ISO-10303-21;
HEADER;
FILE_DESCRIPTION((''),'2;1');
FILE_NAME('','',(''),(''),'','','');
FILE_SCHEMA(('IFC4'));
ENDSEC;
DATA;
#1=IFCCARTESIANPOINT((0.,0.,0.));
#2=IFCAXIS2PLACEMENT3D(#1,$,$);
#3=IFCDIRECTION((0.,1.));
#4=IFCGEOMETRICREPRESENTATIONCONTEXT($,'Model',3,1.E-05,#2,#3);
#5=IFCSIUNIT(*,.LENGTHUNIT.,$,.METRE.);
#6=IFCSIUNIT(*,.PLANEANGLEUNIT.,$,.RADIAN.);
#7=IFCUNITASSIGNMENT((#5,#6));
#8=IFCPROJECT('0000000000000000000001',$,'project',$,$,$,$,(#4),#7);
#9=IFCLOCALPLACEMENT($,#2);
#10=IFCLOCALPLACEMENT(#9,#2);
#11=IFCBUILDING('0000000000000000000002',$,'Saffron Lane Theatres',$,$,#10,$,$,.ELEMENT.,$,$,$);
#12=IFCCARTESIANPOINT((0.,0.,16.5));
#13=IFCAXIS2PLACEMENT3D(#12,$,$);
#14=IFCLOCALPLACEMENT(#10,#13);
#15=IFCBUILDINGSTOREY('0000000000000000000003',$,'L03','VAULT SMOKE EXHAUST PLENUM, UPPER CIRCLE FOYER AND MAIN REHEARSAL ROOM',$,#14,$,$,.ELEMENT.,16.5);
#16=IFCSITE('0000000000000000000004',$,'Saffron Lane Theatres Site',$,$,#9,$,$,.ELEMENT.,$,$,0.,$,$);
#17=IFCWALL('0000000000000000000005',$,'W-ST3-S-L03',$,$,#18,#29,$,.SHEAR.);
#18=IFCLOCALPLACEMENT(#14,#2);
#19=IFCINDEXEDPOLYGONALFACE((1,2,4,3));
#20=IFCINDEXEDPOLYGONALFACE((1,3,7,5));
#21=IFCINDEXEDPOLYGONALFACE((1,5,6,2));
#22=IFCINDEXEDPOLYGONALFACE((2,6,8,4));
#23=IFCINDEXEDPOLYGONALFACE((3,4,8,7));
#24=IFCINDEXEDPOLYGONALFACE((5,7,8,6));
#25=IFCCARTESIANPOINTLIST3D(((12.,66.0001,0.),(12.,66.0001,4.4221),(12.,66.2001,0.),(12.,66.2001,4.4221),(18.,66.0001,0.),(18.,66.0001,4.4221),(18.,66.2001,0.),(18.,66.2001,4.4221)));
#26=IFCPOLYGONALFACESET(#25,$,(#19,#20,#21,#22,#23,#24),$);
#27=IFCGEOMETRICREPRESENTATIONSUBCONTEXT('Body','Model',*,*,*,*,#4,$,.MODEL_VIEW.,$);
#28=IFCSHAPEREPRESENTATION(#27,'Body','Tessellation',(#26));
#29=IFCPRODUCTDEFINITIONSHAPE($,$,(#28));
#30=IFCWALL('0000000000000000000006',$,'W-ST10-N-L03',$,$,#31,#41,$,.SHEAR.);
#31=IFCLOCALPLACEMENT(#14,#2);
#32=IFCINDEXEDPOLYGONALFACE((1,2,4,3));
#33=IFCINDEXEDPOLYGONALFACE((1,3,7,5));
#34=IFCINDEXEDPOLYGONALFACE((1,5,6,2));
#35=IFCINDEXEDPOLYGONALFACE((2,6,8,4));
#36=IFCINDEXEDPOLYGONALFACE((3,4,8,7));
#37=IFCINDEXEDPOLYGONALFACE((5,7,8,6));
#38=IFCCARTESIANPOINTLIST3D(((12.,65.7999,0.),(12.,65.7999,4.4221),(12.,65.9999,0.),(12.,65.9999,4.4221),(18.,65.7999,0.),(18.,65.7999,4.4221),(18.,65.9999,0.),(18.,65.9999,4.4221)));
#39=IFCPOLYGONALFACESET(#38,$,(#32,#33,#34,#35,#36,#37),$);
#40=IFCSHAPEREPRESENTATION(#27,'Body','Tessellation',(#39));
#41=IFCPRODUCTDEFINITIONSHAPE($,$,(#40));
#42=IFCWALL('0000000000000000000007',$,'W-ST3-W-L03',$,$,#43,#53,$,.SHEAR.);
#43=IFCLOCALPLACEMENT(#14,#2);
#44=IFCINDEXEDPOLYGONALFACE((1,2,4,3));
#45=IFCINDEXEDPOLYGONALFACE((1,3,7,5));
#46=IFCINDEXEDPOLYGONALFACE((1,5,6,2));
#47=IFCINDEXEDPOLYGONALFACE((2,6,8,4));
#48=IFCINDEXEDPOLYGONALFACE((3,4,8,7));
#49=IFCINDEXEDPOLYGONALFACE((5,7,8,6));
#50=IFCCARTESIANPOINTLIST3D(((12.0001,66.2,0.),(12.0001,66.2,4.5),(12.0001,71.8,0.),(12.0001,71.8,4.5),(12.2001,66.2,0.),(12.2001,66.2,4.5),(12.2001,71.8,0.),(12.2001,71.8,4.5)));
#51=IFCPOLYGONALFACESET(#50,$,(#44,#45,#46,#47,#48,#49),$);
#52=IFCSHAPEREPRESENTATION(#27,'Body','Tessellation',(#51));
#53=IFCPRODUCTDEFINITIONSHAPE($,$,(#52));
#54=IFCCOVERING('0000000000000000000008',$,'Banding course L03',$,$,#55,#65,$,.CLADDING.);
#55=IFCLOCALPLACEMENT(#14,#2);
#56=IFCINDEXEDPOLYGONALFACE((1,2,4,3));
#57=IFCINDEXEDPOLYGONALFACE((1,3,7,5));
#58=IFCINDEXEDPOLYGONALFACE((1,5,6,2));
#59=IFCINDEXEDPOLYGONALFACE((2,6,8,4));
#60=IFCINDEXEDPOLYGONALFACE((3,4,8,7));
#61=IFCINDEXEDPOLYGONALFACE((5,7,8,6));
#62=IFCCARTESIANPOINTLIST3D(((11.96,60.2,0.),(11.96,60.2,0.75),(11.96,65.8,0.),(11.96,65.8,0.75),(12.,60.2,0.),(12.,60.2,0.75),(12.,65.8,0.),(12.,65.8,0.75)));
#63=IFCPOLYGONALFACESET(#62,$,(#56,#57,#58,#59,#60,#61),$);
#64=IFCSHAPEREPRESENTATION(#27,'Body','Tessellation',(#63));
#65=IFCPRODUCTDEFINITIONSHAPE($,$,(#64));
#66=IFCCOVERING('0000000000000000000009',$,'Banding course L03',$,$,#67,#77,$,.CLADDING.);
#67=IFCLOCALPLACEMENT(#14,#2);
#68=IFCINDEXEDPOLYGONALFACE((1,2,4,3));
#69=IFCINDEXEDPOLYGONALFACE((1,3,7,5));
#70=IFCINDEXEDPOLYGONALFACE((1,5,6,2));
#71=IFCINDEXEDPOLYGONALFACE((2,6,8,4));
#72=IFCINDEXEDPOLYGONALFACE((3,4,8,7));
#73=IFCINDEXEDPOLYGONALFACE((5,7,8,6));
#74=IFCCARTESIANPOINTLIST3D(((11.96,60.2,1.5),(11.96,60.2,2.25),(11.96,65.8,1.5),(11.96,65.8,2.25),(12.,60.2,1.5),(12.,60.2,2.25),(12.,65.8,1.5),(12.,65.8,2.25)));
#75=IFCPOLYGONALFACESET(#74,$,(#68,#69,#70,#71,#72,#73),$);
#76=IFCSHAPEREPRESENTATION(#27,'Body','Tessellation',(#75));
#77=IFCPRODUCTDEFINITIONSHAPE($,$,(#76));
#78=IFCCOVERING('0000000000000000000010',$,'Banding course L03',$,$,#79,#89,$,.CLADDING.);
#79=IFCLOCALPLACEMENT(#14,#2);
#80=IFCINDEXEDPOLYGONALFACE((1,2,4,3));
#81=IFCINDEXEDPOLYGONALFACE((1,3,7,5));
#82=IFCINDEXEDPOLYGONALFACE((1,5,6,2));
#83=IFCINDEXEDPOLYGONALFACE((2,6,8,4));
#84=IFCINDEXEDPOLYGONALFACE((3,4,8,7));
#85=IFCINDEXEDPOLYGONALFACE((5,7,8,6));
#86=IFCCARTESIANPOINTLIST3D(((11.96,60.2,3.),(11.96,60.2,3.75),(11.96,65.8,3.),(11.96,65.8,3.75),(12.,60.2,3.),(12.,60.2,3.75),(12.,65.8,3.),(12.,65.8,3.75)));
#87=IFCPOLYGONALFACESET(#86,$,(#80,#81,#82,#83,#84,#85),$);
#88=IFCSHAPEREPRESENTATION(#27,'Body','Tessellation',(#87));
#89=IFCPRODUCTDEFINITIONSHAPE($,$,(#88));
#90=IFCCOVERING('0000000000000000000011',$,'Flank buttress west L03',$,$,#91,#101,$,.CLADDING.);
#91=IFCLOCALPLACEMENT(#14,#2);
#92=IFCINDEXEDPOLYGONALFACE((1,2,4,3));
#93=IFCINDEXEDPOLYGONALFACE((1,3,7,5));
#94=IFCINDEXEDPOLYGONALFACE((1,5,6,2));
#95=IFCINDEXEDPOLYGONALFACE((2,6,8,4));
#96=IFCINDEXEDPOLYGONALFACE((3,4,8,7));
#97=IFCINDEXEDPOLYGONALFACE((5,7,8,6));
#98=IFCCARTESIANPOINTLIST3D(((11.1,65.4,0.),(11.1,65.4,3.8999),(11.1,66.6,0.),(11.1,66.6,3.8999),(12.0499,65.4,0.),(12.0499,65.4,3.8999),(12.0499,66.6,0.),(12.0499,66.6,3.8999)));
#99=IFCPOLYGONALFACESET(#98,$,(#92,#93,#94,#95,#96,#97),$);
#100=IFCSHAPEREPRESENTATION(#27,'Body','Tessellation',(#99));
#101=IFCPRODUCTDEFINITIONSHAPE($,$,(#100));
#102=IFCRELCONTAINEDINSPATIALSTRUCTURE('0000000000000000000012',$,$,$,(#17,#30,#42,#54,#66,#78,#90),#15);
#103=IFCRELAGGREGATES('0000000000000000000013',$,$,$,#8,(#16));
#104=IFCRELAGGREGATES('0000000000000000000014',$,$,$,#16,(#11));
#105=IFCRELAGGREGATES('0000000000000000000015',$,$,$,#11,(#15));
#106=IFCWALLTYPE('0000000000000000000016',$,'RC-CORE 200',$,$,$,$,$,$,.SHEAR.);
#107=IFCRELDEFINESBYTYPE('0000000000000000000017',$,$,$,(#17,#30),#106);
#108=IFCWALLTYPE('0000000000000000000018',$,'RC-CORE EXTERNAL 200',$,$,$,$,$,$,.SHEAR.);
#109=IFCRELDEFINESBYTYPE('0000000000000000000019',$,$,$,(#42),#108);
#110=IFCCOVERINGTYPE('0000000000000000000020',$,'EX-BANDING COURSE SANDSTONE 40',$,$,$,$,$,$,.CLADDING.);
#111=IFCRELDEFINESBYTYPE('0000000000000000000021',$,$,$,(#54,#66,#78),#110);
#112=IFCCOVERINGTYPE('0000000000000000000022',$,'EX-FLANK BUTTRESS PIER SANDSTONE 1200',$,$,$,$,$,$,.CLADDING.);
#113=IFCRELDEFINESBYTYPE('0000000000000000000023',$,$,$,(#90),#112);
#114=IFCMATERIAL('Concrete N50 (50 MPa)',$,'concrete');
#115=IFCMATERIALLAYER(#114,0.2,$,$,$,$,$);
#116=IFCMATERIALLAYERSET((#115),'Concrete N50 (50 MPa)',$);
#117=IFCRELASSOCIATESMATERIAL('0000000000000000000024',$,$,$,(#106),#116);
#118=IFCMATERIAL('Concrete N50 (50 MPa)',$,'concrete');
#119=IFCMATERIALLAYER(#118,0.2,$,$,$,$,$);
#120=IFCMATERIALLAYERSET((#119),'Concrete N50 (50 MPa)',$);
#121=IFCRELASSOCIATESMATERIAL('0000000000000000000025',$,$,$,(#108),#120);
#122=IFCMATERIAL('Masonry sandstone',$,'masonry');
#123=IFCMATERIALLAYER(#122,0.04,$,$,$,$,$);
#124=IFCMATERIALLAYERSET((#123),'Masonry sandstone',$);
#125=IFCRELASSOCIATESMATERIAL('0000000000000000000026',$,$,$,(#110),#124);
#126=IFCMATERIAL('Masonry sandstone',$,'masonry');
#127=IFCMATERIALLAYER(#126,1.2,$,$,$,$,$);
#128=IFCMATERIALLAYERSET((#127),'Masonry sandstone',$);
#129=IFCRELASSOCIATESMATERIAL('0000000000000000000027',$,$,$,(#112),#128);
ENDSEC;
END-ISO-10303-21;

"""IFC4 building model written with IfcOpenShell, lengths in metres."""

from ifc_helpers import new_model, si_unit, direction, frame, frame_2d, origin, origin_2d, place, context, subcontext, project, spatial, rectangle, extrude, material, layer, layer_set, type_object, element, save


model = new_model("IFC4")

# Units and contexts
model_context = context("Model", 3, precision=1e-05, world=origin(), true_north=direction((0.0, 1.0)))
body_context = subcontext(model_context, "Body", "Model", "MODEL_VIEW")
ifc_project = project(units=[si_unit("LENGTHUNIT", "METRE"), si_unit("PLANEANGLEUNIT", "RADIAN")], contexts=[model_context])

# Site, building, storey
site_placement = place(None, origin())
site = spatial("IfcSite", under=ifc_project, at=site_placement, Name="Saffron Lane Theatres Site", CompositionType="ELEMENT", RefElevation=0.0)
building_placement = place(site_placement, origin())
building = spatial("IfcBuilding", under=site, at=building_placement, Name="Saffron Lane Theatres", CompositionType="ELEMENT")
storey_placement = place(building_placement, frame((0.0, 0.0, 16.5)))
storey = spatial("IfcBuildingStorey", under=building, at=storey_placement, Name="L03", Description="VAULT SMOKE EXHAUST PLENUM, UPPER CIRCLE FOYER AND MAIN REHEARSAL ROOM", CompositionType="ELEMENT", Elevation=16.5)

# Walls
ifc_material_1 = material(Name="Concrete N50 (50 MPa)", Category="concrete")
ifc_layer_1 = layer(ifc_material_1, 0.2)
ifc_layer_set_1 = layer_set([ifc_layer_1], Name="Concrete N50 (50 MPa)")
wall_type_1 = type_object("IfcWallType", Name="RC-CORE 200", PredefinedType="SHEAR", material=ifc_layer_set_1)
for number, where, z_axis, x_axis, name in (
    (1, (12.0, 66.1001, 0.0), (0.0, 0.0, 1.0), (1.0, 0.0, 0.0), "W-ST3-S-L03"),
    (2, (12.0, 65.8999, 0.0), (0.0, 0.0, 1.0), (1.0, 0.0, 0.0), "W-ST10-N-L03"),
):
    element("IfcWall", number, at=place(storey_placement, frame(where, z_axis=z_axis, x_axis=x_axis)), inside=storey, type_object=wall_type_1, Name=name, PredefinedType="SHEAR", context=body_context, shape_type="SweptSolid", body=[
        extrude(rectangle(XDim=6.0, YDim=0.2, at=frame_2d((3.0, 0.0))), origin(), (0.0, 0.0, 1.0), 4.4221),
    ])
ifc_material_2 = material(Name="Concrete N50 (50 MPa)", Category="concrete")
ifc_layer_2 = layer(ifc_material_2, 0.2)
ifc_layer_set_2 = layer_set([ifc_layer_2], Name="Concrete N50 (50 MPa)")
wall_type_2 = type_object("IfcWallType", Name="RC-CORE EXTERNAL 200", PredefinedType="SHEAR", material=ifc_layer_set_2)
wall_placement = place(storey_placement, frame((12.1001, 66.2, 0.0), z_axis=(0.0, 0.0, 1.0), x_axis=(0.0, 1.0, 0.0)))
element("IfcWall", 3, at=wall_placement, inside=storey, type_object=wall_type_2, Name="W-ST3-W-L03", PredefinedType="SHEAR", context=body_context, shape_type="SweptSolid", body=[
    extrude(rectangle(XDim=5.6001, YDim=0.2, at=frame_2d((2.8, 0.0))), origin(), (0.0, 0.0, 1.0), 4.5),
])

# Coverings
ifc_material_3 = material(Name="Masonry sandstone", Category="masonry")
ifc_layer_3 = layer(ifc_material_3, 0.04)
ifc_layer_set_3 = layer_set([ifc_layer_3], Name="Masonry sandstone")
covering_type_1 = type_object("IfcCoveringType", Name="EX-BANDING COURSE SANDSTONE 40", PredefinedType="CLADDING", material=ifc_layer_set_3)
for number, where, z_axis, x_axis, name in (
    (4, (11.98, 63.0, 0.0), (0.0, 0.0, 1.0), (0.0, 1.0, 0.0), "Banding course L03"),
    (5, (11.98, 63.0, 1.5), (0.0, 0.0, 1.0), (0.0, 1.0, 0.0), "Banding course L03"),
    (6, (11.98, 63.0, 3.0), (0.0, 0.0, 1.0), (0.0, 1.0, 0.0), "Banding course L03"),
):
    element("IfcCovering", number, at=place(storey_placement, frame(where, z_axis=z_axis, x_axis=x_axis)), inside=storey, type_object=covering_type_1, Name=name, PredefinedType="CLADDING", context=body_context, shape_type="SweptSolid", body=[
        extrude(rectangle(XDim=5.6001, YDim=0.04, at=origin_2d()), origin(), (0.0, 0.0, 1.0), 0.75),
    ])
ifc_material_4 = material(Name="Masonry sandstone", Category="masonry")
ifc_layer_4 = layer(ifc_material_4, 1.2)
ifc_layer_set_4 = layer_set([ifc_layer_4], Name="Masonry sandstone")
covering_type_2 = type_object("IfcCoveringType", Name="EX-FLANK BUTTRESS PIER SANDSTONE 1200", PredefinedType="CLADDING", material=ifc_layer_set_4)
covering_placement = place(storey_placement, frame((11.575, 66.0, 0.0), z_axis=(0.0, 0.0, 1.0), x_axis=(0.0, 1.0, 0.0)))
element("IfcCovering", 7, at=covering_placement, inside=storey, type_object=covering_type_2, Name="Flank buttress west L03", PredefinedType="CLADDING", context=body_context, shape_type="SweptSolid", body=[
    extrude(rectangle(XDim=1.2, YDim=0.95, at=origin_2d()), origin(), (0.0, 0.0, 1.0), 3.8999),
])

save(model, "model.ifc")
